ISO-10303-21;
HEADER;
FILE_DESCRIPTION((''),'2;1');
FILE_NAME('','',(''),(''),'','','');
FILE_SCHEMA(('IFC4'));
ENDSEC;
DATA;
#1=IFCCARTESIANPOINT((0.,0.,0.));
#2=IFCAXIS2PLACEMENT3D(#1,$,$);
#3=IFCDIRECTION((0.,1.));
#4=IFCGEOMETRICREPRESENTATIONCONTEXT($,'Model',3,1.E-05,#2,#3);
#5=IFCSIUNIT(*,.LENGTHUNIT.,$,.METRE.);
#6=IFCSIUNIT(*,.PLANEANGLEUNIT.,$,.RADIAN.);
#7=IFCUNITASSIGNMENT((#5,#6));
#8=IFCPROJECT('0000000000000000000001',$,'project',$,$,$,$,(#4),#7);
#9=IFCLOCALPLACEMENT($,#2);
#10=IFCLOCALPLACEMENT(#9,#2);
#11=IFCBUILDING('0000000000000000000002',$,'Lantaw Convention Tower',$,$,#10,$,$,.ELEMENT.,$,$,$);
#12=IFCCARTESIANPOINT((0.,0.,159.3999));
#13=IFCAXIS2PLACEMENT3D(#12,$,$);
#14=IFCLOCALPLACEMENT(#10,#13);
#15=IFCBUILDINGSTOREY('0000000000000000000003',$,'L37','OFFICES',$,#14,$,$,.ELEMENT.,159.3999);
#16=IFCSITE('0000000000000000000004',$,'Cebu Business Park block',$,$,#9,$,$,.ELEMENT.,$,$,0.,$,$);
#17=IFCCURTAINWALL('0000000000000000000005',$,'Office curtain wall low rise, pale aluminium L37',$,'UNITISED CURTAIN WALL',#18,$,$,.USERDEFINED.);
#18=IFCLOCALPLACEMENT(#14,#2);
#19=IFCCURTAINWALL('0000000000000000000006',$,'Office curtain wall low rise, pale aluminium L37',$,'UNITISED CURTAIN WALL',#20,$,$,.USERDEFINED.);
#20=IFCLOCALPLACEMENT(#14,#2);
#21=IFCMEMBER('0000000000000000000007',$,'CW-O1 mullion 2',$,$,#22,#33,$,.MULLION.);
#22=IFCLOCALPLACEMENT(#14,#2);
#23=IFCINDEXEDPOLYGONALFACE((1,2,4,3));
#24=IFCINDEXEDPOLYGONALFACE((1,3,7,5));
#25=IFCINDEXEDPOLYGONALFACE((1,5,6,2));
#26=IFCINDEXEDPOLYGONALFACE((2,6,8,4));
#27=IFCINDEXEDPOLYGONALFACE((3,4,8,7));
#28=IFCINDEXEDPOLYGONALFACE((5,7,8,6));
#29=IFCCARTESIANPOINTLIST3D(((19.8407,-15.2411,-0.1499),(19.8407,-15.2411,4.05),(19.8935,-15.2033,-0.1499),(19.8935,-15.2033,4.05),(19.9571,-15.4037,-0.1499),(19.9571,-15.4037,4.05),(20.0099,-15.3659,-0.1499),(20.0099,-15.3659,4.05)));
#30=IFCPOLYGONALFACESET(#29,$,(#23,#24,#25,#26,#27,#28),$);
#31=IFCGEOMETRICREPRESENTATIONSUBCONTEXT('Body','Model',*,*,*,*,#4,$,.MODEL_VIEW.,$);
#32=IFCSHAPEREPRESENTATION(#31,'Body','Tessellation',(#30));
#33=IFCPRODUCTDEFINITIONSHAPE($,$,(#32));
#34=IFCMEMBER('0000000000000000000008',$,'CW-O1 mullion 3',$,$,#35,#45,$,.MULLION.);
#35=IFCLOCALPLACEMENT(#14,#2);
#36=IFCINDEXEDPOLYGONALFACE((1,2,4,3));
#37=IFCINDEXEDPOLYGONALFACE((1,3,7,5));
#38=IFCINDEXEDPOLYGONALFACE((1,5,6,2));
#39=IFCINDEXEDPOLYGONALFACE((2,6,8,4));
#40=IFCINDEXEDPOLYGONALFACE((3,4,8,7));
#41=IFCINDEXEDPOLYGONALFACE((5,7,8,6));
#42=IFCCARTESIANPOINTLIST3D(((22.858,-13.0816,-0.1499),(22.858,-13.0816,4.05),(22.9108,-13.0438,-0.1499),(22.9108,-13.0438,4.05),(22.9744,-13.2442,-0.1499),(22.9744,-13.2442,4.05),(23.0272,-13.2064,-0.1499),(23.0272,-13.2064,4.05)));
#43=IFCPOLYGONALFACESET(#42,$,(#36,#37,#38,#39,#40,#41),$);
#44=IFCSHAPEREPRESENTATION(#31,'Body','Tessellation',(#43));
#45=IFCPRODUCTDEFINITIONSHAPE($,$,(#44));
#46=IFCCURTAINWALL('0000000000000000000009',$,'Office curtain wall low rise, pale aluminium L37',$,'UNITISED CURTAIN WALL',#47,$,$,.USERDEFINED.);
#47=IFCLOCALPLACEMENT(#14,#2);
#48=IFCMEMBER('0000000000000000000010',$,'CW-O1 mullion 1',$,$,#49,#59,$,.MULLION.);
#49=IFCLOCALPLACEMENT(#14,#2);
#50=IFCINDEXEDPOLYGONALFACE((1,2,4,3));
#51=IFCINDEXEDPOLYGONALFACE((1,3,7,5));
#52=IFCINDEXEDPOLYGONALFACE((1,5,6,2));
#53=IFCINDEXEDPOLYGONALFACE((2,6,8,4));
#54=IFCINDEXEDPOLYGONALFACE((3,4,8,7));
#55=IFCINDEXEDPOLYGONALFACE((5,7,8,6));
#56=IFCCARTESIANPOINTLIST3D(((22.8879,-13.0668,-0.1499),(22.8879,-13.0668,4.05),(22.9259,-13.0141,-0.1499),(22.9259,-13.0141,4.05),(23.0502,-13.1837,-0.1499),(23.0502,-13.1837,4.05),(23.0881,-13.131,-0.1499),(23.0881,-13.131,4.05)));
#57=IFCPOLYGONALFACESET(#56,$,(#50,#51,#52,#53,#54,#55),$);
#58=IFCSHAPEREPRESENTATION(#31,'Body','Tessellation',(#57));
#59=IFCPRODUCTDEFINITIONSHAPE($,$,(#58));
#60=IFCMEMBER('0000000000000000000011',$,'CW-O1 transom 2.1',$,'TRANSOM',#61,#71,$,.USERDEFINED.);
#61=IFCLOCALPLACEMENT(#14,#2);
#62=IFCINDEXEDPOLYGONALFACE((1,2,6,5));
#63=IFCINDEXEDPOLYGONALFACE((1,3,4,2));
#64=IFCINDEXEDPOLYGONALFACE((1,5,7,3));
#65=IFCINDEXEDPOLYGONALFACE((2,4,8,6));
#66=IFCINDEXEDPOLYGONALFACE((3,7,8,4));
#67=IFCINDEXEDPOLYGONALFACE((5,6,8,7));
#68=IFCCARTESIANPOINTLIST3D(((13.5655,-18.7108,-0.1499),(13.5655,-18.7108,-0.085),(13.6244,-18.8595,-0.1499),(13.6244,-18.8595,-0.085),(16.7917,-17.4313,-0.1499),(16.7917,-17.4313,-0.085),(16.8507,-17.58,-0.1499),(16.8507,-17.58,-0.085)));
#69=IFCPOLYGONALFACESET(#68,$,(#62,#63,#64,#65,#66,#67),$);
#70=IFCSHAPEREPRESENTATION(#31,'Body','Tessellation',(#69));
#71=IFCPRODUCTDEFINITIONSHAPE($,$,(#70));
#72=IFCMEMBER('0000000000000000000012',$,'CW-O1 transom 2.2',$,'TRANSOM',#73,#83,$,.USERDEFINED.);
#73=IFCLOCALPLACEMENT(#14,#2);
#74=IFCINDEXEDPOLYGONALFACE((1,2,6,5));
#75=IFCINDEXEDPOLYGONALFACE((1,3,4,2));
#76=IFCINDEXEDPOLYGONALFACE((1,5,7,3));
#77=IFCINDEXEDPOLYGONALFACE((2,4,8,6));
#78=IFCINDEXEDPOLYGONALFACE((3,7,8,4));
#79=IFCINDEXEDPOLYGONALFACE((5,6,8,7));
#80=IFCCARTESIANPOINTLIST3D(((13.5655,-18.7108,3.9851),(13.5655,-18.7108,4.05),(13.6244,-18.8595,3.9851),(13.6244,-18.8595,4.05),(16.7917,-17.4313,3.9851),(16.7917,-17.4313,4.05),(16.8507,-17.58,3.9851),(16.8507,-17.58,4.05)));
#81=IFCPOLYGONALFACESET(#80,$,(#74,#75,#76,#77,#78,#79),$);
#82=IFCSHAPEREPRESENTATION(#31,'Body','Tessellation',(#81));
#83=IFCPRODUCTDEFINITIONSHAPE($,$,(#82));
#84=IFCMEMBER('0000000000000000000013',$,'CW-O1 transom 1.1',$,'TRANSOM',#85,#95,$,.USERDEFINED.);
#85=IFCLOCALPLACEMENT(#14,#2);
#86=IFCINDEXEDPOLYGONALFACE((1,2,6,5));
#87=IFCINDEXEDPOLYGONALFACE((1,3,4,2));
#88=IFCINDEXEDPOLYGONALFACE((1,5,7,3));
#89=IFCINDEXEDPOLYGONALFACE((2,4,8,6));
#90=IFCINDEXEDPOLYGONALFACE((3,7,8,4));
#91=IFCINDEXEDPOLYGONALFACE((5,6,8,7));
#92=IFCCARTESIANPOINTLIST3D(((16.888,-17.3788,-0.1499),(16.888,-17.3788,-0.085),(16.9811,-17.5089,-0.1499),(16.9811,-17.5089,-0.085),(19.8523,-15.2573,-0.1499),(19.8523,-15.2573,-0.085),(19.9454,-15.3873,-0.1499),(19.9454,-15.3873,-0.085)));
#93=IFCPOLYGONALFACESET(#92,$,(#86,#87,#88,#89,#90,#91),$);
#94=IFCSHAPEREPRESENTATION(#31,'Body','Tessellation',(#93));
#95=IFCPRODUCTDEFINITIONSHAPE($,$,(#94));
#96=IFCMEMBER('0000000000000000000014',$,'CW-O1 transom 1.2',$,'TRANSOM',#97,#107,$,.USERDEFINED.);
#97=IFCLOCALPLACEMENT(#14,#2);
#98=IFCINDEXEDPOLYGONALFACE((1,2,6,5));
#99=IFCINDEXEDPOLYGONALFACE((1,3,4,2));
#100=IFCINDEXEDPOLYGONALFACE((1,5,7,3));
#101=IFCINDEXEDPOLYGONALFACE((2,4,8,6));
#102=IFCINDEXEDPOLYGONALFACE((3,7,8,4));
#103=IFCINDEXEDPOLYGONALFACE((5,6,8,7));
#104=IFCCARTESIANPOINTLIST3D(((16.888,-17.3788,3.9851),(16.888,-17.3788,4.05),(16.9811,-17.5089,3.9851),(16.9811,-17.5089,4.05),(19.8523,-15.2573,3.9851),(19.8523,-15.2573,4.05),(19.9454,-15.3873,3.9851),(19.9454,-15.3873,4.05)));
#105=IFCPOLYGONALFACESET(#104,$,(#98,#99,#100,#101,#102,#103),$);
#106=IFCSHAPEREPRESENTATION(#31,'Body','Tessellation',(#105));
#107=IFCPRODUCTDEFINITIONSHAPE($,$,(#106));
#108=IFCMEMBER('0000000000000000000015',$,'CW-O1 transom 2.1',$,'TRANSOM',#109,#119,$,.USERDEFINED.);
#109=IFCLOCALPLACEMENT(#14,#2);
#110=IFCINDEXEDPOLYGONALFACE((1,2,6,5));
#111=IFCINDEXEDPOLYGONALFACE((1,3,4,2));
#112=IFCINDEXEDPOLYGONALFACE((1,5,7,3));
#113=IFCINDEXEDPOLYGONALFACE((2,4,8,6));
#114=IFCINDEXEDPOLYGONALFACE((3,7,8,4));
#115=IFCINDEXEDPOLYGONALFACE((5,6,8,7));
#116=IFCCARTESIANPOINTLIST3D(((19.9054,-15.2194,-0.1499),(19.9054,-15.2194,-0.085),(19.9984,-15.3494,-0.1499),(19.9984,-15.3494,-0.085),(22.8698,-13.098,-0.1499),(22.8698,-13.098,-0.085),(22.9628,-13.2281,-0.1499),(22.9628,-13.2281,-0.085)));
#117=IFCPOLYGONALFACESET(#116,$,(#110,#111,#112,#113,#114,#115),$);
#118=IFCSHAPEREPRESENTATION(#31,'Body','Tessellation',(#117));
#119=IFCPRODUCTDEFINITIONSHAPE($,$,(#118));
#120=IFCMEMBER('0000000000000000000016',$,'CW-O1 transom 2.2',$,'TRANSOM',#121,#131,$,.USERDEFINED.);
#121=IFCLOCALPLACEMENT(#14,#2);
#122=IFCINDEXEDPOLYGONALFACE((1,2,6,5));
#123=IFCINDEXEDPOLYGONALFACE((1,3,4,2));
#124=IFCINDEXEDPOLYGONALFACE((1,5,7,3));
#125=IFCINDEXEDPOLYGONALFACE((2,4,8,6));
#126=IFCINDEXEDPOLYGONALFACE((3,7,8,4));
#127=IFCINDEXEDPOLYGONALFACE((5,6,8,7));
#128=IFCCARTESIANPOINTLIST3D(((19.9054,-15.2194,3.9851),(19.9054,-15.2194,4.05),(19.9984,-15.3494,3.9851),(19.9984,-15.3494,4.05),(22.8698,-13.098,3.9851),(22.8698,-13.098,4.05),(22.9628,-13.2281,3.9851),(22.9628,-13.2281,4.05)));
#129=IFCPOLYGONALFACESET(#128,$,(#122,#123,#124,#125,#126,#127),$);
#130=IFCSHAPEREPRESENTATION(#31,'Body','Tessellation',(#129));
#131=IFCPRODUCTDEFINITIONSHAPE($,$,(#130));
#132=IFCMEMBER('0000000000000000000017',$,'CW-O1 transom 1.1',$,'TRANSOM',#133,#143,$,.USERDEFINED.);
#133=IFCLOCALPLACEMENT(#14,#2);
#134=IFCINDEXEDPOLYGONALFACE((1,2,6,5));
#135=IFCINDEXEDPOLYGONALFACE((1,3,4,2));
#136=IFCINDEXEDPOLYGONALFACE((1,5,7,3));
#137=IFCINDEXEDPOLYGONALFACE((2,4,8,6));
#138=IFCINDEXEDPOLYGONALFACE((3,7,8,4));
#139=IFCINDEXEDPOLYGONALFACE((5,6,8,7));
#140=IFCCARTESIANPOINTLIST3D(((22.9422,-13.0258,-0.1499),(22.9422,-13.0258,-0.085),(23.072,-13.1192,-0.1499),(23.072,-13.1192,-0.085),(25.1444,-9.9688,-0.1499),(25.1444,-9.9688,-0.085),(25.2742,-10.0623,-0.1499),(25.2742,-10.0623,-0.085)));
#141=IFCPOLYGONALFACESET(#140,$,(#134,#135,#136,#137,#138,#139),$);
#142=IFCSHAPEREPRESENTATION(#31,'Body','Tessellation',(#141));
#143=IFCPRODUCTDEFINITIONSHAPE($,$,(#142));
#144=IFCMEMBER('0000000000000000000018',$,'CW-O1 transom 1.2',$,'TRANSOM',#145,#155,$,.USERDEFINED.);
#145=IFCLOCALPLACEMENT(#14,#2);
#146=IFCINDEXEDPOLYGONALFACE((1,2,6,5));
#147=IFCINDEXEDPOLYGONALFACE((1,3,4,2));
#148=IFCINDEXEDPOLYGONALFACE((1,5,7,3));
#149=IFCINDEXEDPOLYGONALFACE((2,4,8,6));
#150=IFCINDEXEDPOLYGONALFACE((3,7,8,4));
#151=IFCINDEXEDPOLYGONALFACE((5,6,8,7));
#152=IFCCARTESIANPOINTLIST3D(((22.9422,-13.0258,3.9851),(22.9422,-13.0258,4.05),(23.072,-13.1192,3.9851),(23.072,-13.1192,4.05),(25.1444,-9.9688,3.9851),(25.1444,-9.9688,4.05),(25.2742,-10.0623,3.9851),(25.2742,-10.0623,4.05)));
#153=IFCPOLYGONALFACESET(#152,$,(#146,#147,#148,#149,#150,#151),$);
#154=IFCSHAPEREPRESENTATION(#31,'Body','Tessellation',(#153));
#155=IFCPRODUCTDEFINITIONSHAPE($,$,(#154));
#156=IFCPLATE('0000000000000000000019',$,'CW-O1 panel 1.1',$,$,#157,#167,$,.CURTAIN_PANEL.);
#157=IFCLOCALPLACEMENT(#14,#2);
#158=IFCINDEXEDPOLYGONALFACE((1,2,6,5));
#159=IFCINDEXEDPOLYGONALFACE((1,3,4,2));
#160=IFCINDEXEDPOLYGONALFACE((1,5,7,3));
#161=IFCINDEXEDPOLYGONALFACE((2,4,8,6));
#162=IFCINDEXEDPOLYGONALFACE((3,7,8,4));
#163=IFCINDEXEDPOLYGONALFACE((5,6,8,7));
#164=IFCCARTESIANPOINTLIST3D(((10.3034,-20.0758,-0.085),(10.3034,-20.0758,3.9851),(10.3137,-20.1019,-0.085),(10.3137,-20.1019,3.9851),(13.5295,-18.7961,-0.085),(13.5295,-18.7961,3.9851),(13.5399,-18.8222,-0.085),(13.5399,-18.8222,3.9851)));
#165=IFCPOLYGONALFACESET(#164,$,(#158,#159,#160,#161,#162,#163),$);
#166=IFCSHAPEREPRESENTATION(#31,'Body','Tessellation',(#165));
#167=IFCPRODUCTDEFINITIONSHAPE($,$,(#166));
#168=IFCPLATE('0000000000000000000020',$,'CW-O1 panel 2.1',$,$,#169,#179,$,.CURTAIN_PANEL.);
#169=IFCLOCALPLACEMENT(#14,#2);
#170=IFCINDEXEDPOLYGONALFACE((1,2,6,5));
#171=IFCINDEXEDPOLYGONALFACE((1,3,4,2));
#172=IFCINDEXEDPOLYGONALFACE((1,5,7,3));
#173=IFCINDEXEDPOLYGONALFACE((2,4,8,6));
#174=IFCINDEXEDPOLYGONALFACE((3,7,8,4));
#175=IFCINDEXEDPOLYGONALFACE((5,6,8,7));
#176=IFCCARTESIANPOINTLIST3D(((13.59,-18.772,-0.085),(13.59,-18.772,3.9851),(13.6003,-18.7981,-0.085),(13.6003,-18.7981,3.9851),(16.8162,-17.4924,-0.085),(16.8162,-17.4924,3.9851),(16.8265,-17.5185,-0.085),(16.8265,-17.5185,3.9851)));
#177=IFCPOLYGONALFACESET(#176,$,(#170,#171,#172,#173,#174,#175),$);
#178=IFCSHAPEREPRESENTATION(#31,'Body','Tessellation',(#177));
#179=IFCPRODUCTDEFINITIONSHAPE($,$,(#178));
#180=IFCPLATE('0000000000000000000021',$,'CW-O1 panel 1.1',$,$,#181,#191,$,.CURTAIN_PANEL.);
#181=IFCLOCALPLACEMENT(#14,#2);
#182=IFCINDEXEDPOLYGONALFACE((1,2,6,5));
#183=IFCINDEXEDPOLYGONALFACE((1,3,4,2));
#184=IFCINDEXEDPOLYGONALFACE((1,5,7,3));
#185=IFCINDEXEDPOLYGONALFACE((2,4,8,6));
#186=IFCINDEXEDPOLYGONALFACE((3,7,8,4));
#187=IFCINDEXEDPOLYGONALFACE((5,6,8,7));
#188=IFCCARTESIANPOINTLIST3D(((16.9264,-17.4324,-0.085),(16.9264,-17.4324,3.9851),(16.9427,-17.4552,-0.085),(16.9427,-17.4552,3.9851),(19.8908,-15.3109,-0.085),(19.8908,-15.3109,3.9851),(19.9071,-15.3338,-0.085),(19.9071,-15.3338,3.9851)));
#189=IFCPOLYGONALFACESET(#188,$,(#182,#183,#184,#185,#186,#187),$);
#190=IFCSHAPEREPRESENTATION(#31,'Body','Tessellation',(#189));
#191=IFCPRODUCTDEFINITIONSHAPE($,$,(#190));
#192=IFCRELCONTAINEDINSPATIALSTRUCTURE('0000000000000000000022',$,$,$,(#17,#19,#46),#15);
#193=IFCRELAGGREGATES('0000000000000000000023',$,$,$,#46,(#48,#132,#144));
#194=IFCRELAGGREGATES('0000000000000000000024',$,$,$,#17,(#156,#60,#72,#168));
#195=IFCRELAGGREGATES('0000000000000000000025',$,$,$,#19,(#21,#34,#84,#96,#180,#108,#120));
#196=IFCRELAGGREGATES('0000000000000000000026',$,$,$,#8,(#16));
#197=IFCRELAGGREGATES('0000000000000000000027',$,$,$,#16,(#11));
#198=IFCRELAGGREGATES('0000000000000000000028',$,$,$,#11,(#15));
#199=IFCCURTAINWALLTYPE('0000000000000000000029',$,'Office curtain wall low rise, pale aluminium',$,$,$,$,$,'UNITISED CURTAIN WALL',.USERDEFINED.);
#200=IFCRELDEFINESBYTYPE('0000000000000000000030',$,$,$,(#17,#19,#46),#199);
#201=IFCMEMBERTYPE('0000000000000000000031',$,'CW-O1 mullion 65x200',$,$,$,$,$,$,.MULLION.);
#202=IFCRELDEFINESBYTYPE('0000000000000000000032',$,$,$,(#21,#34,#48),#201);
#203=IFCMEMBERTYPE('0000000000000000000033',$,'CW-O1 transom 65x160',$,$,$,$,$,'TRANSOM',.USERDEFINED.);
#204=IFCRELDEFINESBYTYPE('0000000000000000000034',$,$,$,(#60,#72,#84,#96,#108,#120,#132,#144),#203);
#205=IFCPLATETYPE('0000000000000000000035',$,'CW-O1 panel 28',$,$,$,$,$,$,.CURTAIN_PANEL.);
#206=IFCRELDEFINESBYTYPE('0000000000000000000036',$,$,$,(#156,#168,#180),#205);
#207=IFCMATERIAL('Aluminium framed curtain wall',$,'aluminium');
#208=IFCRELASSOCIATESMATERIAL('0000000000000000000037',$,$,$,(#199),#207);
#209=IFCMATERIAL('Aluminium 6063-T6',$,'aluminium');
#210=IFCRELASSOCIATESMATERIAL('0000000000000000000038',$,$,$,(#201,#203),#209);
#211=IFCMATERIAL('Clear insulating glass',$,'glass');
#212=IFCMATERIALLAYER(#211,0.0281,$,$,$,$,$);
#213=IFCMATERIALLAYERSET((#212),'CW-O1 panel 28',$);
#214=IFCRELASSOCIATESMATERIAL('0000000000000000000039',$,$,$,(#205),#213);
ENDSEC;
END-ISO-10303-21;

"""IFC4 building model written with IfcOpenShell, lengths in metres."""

from ifc_helpers import new_model, si_unit, direction, frame, origin, origin_2d, place, context, subcontext, project, spatial, rectangle, extrude, material, layer, layer_set, material_profile, profile_set, type_object, element, aggregate, save


model = new_model("IFC4")

# Units and contexts
model_context = context("Model", 3, precision=1e-05, world=origin(), true_north=direction((0.0, 1.0)))
body_context = subcontext(model_context, "Body", "Model", "MODEL_VIEW")
ifc_project = project(units=[si_unit("LENGTHUNIT", "METRE"), si_unit("PLANEANGLEUNIT", "RADIAN")], contexts=[model_context])

# Site, building, storey
site_placement = place(None, origin())
site = spatial("IfcSite", under=ifc_project, at=site_placement, Name="Cebu Business Park block", CompositionType="ELEMENT", RefElevation=0.0)
building_placement = place(site_placement, origin())
building = spatial("IfcBuilding", under=site, at=building_placement, Name="Lantaw Convention Tower", CompositionType="ELEMENT")
storey_placement = place(building_placement, frame((0.0, 0.0, 159.3999)))
storey = spatial("IfcBuildingStorey", under=building, at=storey_placement, Name="L37", Description="OFFICES", CompositionType="ELEMENT", Elevation=159.3999)

# Curtain walls, members
ifc_material_1 = material(Name="Aluminium framed curtain wall", Category="aluminium")
curtain_wall_type = type_object("IfcCurtainWallType", Name="Office curtain wall low rise, pale aluminium", ElementType="UNITISED CURTAIN WALL", PredefinedType="USERDEFINED", material=ifc_material_1)
curtain_wall_1_placement = place(storey_placement, origin())
curtain_wall_1 = element("IfcCurtainWall", 1, at=curtain_wall_1_placement, inside=storey, type_object=curtain_wall_type, Name="Office curtain wall low rise, pale aluminium L37", ObjectType="UNITISED CURTAIN WALL", PredefinedType="USERDEFINED")
ifc_material_2 = material(Name="Aluminium 6063-T6", Category="aluminium")
ifc_material_profile_1 = material_profile(ifc_material_2, rectangle(XDim=0.2, YDim=0.0649, at=origin_2d()), Name="CW-O1 mullion 65x200")
ifc_profile_set_1 = profile_set([ifc_material_profile_1], Name="Aluminium 6063-T6")
member_type_1 = type_object("IfcMemberType", Name="CW-O1 mullion 65x200", PredefinedType="MULLION", material=ifc_profile_set_1)
curtain_wall_2_placement = place(storey_placement, origin())
curtain_wall_2 = element("IfcCurtainWall", 2, at=curtain_wall_2_placement, inside=storey, type_object=curtain_wall_type, Name="Office curtain wall low rise, pale aluminium L37", ObjectType="UNITISED CURTAIN WALL", PredefinedType="USERDEFINED")
member_1_placement = place(storey_placement, frame((19.9253, -15.3035, -0.1499), z_axis=(0.0, 0.0, 1.0), x_axis=(-0.581973, 0.813208, 0.0)))
member_1 = element("IfcMember", 3, at=member_1_placement, type_object=member_type_1, Name="CW-O1 mullion 2", PredefinedType="MULLION", context=body_context, shape_type="SweptSolid", body=[
    extrude(rectangle(XDim=0.2, YDim=0.0649, at=origin_2d()), origin(), (0.0, 0.0, 1.0), 4.2),
])
member_2_placement = place(storey_placement, frame((22.9426, -13.144, -0.1499), z_axis=(0.0, 0.0, 1.0), x_axis=(-0.581973, 0.813208, 0.0)))
member_2 = element("IfcMember", 4, at=member_2_placement, type_object=member_type_1, Name="CW-O1 mullion 3", PredefinedType="MULLION", context=body_context, shape_type="SweptSolid", body=[
    extrude(rectangle(XDim=0.2, YDim=0.0649, at=origin_2d()), origin(), (0.0, 0.0, 1.0), 4.2),
])

# Curtain wall, member
curtain_wall_3_placement = place(storey_placement, origin())
curtain_wall_3 = element("IfcCurtainWall", 5, at=curtain_wall_3_placement, inside=storey, type_object=curtain_wall_type, Name="Office curtain wall low rise, pale aluminium L37", ObjectType="UNITISED CURTAIN WALL", PredefinedType="USERDEFINED")
member_3_placement = place(storey_placement, frame((22.988, -13.0989, -0.1499), z_axis=(0.0, 0.0, 1.0), x_axis=(-0.811385, 0.584513, 0.0)))
member_3 = element("IfcMember", 6, at=member_3_placement, type_object=member_type_1, Name="CW-O1 mullion 1", PredefinedType="MULLION", context=body_context, shape_type="SweptSolid", body=[
    extrude(rectangle(XDim=0.2, YDim=0.0649, at=origin_2d()), origin(), (0.0, 0.0, 1.0), 4.2),
])

# Members
ifc_material_profile_2 = material_profile(ifc_material_2, rectangle(XDim=0.1599, YDim=0.0649, at=origin_2d()), Name="CW-O1 transom 65x160")
ifc_profile_set_2 = profile_set([ifc_material_profile_2], Name="Aluminium 6063-T6")
member_type_2 = type_object("IfcMemberType", Name="CW-O1 transom 65x160", ElementType="TRANSOM", PredefinedType="USERDEFINED", material=ifc_profile_set_2)
member_4_placement = place(storey_placement, frame((13.595, -18.7852, -0.1174), z_axis=(0.929564, 0.36866, 0.0), x_axis=(-0.36866, 0.929564, 0.0)))
member_4 = element("IfcMember", 7, at=member_4_placement, type_object=member_type_2, Name="CW-O1 transom 2.1", ObjectType="TRANSOM", PredefinedType="USERDEFINED", context=body_context, shape_type="SweptSolid", body=[
    extrude(rectangle(XDim=0.1599, YDim=0.0649, at=origin_2d()), origin(), (0.0, 0.0, 1.0), 3.4707),
])
member_5_placement = place(storey_placement, frame((13.595, -18.7852, 4.0176), z_axis=(0.929564, 0.36866, 0.0), x_axis=(-0.36866, 0.929564, 0.0)))
member_5 = element("IfcMember", 8, at=member_5_placement, type_object=member_type_2, Name="CW-O1 transom 2.2", ObjectType="TRANSOM", PredefinedType="USERDEFINED", context=body_context, shape_type="SweptSolid", body=[
    extrude(rectangle(XDim=0.1599, YDim=0.0649, at=origin_2d()), origin(), (0.0, 0.0, 1.0), 3.4707),
])
member_6_placement = place(storey_placement, frame((16.9346, -17.4438, -0.1174), z_axis=(0.81319, 0.581998, 0.0), x_axis=(-0.581998, 0.81319, 0.0)))
member_6 = element("IfcMember", 9, at=member_6_placement, type_object=member_type_2, Name="CW-O1 transom 1.1", ObjectType="TRANSOM", PredefinedType="USERDEFINED", context=body_context, shape_type="SweptSolid", body=[
    extrude(rectangle(XDim=0.1599, YDim=0.0649, at=origin_2d()), origin(), (0.0, 0.0, 1.0), 3.6453),
])
member_7_placement = place(storey_placement, frame((16.9346, -17.4438, 4.0176), z_axis=(0.81319, 0.581998, 0.0), x_axis=(-0.581998, 0.81319, 0.0)))
member_7 = element("IfcMember", 10, at=member_7_placement, type_object=member_type_2, Name="CW-O1 transom 1.2", ObjectType="TRANSOM", PredefinedType="USERDEFINED", context=body_context, shape_type="SweptSolid", body=[
    extrude(rectangle(XDim=0.1599, YDim=0.0649, at=origin_2d()), origin(), (0.0, 0.0, 1.0), 3.6453),
])
member_8_placement = place(storey_placement, frame((19.9519, -15.2844, -0.1174), z_axis=(0.813222, 0.581954, 0.0), x_axis=(-0.581954, 0.813222, 0.0)))
member_8 = element("IfcMember", 11, at=member_8_placement, type_object=member_type_2, Name="CW-O1 transom 2.1", ObjectType="TRANSOM", PredefinedType="USERDEFINED", context=body_context, shape_type="SweptSolid", body=[
    extrude(rectangle(XDim=0.1599, YDim=0.0649, at=origin_2d()), origin(), (0.0, 0.0, 1.0), 3.6453),
])
member_9_placement = place(storey_placement, frame((19.9519, -15.2844, 4.0176), z_axis=(0.813222, 0.581954, 0.0), x_axis=(-0.581954, 0.813222, 0.0)))
member_9 = element("IfcMember", 12, at=member_9_placement, type_object=member_type_2, Name="CW-O1 transom 2.2", ObjectType="TRANSOM", PredefinedType="USERDEFINED", context=body_context, shape_type="SweptSolid", body=[
    extrude(rectangle(XDim=0.1599, YDim=0.0649, at=origin_2d()), origin(), (0.0, 0.0, 1.0), 3.6453),
])
member_10_placement = place(storey_placement, frame((23.0071, -13.0725, -0.1174), z_axis=(0.584513, 0.811384, 0.0), x_axis=(-0.811384, 0.584513, 0.0)))
member_10 = element("IfcMember", 13, at=member_10_placement, type_object=member_type_2, Name="CW-O1 transom 1.1", ObjectType="TRANSOM", PredefinedType="USERDEFINED", context=body_context, shape_type="SweptSolid", body=[
    extrude(rectangle(XDim=0.1599, YDim=0.0649, at=origin_2d()), origin(), (0.0, 0.0, 1.0), 3.7676),
])
member_11_placement = place(storey_placement, frame((23.0071, -13.0725, 4.0176), z_axis=(0.584513, 0.811384, 0.0), x_axis=(-0.811384, 0.584513, 0.0)))
member_11 = element("IfcMember", 14, at=member_11_placement, type_object=member_type_2, Name="CW-O1 transom 1.2", ObjectType="TRANSOM", PredefinedType="USERDEFINED", context=body_context, shape_type="SweptSolid", body=[
    extrude(rectangle(XDim=0.1599, YDim=0.0649, at=origin_2d()), origin(), (0.0, 0.0, 1.0), 3.7676),
])
aggregate(curtain_wall_3, [member_3, member_10, member_11])

# Plates
ifc_material_3 = material(Name="Clear insulating glass", Category="glass")
ifc_layer_1 = layer(ifc_material_3, 0.0281)
ifc_layer_set_1 = layer_set([ifc_layer_1], Name="CW-O1 panel 28")
plate_type_1 = type_object("IfcPlateType", Name="CW-O1 panel 28", PredefinedType="CURTAIN_PANEL", material=ifc_layer_set_1)
plate_1_placement = place(storey_placement, frame((11.9216, -19.449, -0.085), z_axis=(0.0, 0.0, 1.0), x_axis=(0.929548, 0.368702, 0.0)))
plate_1 = element("IfcPlate", 15, at=plate_1_placement, type_object=plate_type_1, Name="CW-O1 panel 1.1", PredefinedType="CURTAIN_PANEL", context=body_context, shape_type="SweptSolid", body=[
    extrude(rectangle(XDim=3.4707, YDim=0.0281, at=origin_2d()), origin(), (0.0, 0.0, 1.0), 4.0701),
])
plate_2_placement = place(storey_placement, frame((15.2083, -18.1453, -0.085), z_axis=(0.0, 0.0, 1.0), x_axis=(0.929548, 0.368702, 0.0)))
plate_2 = element("IfcPlate", 16, at=plate_2_placement, type_object=plate_type_1, Name="CW-O1 panel 2.1", PredefinedType="CURTAIN_PANEL", context=body_context, shape_type="SweptSolid", body=[
    extrude(rectangle(XDim=3.4707, YDim=0.0281, at=origin_2d()), origin(), (0.0, 0.0, 1.0), 4.0701),
])
aggregate(curtain_wall_1, [plate_1, member_4, member_5, plate_2])
plate_3_placement = place(storey_placement, frame((18.4167, -16.3831, -0.085), z_axis=(0.0, 0.0, 1.0), x_axis=(0.813208, 0.581973, 0.0)))
plate_3 = element("IfcPlate", 17, at=plate_3_placement, type_object=plate_type_1, Name="CW-O1 panel 1.1", PredefinedType="CURTAIN_PANEL", context=body_context, shape_type="SweptSolid", body=[
    extrude(rectangle(XDim=3.6453, YDim=0.0281, at=origin_2d()), origin(), (0.0, 0.0, 1.0), 4.0701),
])
aggregate(curtain_wall_2, [member_1, member_2, member_6, member_7, plate_3, member_8, member_9])

save(model, "model.ifc")
